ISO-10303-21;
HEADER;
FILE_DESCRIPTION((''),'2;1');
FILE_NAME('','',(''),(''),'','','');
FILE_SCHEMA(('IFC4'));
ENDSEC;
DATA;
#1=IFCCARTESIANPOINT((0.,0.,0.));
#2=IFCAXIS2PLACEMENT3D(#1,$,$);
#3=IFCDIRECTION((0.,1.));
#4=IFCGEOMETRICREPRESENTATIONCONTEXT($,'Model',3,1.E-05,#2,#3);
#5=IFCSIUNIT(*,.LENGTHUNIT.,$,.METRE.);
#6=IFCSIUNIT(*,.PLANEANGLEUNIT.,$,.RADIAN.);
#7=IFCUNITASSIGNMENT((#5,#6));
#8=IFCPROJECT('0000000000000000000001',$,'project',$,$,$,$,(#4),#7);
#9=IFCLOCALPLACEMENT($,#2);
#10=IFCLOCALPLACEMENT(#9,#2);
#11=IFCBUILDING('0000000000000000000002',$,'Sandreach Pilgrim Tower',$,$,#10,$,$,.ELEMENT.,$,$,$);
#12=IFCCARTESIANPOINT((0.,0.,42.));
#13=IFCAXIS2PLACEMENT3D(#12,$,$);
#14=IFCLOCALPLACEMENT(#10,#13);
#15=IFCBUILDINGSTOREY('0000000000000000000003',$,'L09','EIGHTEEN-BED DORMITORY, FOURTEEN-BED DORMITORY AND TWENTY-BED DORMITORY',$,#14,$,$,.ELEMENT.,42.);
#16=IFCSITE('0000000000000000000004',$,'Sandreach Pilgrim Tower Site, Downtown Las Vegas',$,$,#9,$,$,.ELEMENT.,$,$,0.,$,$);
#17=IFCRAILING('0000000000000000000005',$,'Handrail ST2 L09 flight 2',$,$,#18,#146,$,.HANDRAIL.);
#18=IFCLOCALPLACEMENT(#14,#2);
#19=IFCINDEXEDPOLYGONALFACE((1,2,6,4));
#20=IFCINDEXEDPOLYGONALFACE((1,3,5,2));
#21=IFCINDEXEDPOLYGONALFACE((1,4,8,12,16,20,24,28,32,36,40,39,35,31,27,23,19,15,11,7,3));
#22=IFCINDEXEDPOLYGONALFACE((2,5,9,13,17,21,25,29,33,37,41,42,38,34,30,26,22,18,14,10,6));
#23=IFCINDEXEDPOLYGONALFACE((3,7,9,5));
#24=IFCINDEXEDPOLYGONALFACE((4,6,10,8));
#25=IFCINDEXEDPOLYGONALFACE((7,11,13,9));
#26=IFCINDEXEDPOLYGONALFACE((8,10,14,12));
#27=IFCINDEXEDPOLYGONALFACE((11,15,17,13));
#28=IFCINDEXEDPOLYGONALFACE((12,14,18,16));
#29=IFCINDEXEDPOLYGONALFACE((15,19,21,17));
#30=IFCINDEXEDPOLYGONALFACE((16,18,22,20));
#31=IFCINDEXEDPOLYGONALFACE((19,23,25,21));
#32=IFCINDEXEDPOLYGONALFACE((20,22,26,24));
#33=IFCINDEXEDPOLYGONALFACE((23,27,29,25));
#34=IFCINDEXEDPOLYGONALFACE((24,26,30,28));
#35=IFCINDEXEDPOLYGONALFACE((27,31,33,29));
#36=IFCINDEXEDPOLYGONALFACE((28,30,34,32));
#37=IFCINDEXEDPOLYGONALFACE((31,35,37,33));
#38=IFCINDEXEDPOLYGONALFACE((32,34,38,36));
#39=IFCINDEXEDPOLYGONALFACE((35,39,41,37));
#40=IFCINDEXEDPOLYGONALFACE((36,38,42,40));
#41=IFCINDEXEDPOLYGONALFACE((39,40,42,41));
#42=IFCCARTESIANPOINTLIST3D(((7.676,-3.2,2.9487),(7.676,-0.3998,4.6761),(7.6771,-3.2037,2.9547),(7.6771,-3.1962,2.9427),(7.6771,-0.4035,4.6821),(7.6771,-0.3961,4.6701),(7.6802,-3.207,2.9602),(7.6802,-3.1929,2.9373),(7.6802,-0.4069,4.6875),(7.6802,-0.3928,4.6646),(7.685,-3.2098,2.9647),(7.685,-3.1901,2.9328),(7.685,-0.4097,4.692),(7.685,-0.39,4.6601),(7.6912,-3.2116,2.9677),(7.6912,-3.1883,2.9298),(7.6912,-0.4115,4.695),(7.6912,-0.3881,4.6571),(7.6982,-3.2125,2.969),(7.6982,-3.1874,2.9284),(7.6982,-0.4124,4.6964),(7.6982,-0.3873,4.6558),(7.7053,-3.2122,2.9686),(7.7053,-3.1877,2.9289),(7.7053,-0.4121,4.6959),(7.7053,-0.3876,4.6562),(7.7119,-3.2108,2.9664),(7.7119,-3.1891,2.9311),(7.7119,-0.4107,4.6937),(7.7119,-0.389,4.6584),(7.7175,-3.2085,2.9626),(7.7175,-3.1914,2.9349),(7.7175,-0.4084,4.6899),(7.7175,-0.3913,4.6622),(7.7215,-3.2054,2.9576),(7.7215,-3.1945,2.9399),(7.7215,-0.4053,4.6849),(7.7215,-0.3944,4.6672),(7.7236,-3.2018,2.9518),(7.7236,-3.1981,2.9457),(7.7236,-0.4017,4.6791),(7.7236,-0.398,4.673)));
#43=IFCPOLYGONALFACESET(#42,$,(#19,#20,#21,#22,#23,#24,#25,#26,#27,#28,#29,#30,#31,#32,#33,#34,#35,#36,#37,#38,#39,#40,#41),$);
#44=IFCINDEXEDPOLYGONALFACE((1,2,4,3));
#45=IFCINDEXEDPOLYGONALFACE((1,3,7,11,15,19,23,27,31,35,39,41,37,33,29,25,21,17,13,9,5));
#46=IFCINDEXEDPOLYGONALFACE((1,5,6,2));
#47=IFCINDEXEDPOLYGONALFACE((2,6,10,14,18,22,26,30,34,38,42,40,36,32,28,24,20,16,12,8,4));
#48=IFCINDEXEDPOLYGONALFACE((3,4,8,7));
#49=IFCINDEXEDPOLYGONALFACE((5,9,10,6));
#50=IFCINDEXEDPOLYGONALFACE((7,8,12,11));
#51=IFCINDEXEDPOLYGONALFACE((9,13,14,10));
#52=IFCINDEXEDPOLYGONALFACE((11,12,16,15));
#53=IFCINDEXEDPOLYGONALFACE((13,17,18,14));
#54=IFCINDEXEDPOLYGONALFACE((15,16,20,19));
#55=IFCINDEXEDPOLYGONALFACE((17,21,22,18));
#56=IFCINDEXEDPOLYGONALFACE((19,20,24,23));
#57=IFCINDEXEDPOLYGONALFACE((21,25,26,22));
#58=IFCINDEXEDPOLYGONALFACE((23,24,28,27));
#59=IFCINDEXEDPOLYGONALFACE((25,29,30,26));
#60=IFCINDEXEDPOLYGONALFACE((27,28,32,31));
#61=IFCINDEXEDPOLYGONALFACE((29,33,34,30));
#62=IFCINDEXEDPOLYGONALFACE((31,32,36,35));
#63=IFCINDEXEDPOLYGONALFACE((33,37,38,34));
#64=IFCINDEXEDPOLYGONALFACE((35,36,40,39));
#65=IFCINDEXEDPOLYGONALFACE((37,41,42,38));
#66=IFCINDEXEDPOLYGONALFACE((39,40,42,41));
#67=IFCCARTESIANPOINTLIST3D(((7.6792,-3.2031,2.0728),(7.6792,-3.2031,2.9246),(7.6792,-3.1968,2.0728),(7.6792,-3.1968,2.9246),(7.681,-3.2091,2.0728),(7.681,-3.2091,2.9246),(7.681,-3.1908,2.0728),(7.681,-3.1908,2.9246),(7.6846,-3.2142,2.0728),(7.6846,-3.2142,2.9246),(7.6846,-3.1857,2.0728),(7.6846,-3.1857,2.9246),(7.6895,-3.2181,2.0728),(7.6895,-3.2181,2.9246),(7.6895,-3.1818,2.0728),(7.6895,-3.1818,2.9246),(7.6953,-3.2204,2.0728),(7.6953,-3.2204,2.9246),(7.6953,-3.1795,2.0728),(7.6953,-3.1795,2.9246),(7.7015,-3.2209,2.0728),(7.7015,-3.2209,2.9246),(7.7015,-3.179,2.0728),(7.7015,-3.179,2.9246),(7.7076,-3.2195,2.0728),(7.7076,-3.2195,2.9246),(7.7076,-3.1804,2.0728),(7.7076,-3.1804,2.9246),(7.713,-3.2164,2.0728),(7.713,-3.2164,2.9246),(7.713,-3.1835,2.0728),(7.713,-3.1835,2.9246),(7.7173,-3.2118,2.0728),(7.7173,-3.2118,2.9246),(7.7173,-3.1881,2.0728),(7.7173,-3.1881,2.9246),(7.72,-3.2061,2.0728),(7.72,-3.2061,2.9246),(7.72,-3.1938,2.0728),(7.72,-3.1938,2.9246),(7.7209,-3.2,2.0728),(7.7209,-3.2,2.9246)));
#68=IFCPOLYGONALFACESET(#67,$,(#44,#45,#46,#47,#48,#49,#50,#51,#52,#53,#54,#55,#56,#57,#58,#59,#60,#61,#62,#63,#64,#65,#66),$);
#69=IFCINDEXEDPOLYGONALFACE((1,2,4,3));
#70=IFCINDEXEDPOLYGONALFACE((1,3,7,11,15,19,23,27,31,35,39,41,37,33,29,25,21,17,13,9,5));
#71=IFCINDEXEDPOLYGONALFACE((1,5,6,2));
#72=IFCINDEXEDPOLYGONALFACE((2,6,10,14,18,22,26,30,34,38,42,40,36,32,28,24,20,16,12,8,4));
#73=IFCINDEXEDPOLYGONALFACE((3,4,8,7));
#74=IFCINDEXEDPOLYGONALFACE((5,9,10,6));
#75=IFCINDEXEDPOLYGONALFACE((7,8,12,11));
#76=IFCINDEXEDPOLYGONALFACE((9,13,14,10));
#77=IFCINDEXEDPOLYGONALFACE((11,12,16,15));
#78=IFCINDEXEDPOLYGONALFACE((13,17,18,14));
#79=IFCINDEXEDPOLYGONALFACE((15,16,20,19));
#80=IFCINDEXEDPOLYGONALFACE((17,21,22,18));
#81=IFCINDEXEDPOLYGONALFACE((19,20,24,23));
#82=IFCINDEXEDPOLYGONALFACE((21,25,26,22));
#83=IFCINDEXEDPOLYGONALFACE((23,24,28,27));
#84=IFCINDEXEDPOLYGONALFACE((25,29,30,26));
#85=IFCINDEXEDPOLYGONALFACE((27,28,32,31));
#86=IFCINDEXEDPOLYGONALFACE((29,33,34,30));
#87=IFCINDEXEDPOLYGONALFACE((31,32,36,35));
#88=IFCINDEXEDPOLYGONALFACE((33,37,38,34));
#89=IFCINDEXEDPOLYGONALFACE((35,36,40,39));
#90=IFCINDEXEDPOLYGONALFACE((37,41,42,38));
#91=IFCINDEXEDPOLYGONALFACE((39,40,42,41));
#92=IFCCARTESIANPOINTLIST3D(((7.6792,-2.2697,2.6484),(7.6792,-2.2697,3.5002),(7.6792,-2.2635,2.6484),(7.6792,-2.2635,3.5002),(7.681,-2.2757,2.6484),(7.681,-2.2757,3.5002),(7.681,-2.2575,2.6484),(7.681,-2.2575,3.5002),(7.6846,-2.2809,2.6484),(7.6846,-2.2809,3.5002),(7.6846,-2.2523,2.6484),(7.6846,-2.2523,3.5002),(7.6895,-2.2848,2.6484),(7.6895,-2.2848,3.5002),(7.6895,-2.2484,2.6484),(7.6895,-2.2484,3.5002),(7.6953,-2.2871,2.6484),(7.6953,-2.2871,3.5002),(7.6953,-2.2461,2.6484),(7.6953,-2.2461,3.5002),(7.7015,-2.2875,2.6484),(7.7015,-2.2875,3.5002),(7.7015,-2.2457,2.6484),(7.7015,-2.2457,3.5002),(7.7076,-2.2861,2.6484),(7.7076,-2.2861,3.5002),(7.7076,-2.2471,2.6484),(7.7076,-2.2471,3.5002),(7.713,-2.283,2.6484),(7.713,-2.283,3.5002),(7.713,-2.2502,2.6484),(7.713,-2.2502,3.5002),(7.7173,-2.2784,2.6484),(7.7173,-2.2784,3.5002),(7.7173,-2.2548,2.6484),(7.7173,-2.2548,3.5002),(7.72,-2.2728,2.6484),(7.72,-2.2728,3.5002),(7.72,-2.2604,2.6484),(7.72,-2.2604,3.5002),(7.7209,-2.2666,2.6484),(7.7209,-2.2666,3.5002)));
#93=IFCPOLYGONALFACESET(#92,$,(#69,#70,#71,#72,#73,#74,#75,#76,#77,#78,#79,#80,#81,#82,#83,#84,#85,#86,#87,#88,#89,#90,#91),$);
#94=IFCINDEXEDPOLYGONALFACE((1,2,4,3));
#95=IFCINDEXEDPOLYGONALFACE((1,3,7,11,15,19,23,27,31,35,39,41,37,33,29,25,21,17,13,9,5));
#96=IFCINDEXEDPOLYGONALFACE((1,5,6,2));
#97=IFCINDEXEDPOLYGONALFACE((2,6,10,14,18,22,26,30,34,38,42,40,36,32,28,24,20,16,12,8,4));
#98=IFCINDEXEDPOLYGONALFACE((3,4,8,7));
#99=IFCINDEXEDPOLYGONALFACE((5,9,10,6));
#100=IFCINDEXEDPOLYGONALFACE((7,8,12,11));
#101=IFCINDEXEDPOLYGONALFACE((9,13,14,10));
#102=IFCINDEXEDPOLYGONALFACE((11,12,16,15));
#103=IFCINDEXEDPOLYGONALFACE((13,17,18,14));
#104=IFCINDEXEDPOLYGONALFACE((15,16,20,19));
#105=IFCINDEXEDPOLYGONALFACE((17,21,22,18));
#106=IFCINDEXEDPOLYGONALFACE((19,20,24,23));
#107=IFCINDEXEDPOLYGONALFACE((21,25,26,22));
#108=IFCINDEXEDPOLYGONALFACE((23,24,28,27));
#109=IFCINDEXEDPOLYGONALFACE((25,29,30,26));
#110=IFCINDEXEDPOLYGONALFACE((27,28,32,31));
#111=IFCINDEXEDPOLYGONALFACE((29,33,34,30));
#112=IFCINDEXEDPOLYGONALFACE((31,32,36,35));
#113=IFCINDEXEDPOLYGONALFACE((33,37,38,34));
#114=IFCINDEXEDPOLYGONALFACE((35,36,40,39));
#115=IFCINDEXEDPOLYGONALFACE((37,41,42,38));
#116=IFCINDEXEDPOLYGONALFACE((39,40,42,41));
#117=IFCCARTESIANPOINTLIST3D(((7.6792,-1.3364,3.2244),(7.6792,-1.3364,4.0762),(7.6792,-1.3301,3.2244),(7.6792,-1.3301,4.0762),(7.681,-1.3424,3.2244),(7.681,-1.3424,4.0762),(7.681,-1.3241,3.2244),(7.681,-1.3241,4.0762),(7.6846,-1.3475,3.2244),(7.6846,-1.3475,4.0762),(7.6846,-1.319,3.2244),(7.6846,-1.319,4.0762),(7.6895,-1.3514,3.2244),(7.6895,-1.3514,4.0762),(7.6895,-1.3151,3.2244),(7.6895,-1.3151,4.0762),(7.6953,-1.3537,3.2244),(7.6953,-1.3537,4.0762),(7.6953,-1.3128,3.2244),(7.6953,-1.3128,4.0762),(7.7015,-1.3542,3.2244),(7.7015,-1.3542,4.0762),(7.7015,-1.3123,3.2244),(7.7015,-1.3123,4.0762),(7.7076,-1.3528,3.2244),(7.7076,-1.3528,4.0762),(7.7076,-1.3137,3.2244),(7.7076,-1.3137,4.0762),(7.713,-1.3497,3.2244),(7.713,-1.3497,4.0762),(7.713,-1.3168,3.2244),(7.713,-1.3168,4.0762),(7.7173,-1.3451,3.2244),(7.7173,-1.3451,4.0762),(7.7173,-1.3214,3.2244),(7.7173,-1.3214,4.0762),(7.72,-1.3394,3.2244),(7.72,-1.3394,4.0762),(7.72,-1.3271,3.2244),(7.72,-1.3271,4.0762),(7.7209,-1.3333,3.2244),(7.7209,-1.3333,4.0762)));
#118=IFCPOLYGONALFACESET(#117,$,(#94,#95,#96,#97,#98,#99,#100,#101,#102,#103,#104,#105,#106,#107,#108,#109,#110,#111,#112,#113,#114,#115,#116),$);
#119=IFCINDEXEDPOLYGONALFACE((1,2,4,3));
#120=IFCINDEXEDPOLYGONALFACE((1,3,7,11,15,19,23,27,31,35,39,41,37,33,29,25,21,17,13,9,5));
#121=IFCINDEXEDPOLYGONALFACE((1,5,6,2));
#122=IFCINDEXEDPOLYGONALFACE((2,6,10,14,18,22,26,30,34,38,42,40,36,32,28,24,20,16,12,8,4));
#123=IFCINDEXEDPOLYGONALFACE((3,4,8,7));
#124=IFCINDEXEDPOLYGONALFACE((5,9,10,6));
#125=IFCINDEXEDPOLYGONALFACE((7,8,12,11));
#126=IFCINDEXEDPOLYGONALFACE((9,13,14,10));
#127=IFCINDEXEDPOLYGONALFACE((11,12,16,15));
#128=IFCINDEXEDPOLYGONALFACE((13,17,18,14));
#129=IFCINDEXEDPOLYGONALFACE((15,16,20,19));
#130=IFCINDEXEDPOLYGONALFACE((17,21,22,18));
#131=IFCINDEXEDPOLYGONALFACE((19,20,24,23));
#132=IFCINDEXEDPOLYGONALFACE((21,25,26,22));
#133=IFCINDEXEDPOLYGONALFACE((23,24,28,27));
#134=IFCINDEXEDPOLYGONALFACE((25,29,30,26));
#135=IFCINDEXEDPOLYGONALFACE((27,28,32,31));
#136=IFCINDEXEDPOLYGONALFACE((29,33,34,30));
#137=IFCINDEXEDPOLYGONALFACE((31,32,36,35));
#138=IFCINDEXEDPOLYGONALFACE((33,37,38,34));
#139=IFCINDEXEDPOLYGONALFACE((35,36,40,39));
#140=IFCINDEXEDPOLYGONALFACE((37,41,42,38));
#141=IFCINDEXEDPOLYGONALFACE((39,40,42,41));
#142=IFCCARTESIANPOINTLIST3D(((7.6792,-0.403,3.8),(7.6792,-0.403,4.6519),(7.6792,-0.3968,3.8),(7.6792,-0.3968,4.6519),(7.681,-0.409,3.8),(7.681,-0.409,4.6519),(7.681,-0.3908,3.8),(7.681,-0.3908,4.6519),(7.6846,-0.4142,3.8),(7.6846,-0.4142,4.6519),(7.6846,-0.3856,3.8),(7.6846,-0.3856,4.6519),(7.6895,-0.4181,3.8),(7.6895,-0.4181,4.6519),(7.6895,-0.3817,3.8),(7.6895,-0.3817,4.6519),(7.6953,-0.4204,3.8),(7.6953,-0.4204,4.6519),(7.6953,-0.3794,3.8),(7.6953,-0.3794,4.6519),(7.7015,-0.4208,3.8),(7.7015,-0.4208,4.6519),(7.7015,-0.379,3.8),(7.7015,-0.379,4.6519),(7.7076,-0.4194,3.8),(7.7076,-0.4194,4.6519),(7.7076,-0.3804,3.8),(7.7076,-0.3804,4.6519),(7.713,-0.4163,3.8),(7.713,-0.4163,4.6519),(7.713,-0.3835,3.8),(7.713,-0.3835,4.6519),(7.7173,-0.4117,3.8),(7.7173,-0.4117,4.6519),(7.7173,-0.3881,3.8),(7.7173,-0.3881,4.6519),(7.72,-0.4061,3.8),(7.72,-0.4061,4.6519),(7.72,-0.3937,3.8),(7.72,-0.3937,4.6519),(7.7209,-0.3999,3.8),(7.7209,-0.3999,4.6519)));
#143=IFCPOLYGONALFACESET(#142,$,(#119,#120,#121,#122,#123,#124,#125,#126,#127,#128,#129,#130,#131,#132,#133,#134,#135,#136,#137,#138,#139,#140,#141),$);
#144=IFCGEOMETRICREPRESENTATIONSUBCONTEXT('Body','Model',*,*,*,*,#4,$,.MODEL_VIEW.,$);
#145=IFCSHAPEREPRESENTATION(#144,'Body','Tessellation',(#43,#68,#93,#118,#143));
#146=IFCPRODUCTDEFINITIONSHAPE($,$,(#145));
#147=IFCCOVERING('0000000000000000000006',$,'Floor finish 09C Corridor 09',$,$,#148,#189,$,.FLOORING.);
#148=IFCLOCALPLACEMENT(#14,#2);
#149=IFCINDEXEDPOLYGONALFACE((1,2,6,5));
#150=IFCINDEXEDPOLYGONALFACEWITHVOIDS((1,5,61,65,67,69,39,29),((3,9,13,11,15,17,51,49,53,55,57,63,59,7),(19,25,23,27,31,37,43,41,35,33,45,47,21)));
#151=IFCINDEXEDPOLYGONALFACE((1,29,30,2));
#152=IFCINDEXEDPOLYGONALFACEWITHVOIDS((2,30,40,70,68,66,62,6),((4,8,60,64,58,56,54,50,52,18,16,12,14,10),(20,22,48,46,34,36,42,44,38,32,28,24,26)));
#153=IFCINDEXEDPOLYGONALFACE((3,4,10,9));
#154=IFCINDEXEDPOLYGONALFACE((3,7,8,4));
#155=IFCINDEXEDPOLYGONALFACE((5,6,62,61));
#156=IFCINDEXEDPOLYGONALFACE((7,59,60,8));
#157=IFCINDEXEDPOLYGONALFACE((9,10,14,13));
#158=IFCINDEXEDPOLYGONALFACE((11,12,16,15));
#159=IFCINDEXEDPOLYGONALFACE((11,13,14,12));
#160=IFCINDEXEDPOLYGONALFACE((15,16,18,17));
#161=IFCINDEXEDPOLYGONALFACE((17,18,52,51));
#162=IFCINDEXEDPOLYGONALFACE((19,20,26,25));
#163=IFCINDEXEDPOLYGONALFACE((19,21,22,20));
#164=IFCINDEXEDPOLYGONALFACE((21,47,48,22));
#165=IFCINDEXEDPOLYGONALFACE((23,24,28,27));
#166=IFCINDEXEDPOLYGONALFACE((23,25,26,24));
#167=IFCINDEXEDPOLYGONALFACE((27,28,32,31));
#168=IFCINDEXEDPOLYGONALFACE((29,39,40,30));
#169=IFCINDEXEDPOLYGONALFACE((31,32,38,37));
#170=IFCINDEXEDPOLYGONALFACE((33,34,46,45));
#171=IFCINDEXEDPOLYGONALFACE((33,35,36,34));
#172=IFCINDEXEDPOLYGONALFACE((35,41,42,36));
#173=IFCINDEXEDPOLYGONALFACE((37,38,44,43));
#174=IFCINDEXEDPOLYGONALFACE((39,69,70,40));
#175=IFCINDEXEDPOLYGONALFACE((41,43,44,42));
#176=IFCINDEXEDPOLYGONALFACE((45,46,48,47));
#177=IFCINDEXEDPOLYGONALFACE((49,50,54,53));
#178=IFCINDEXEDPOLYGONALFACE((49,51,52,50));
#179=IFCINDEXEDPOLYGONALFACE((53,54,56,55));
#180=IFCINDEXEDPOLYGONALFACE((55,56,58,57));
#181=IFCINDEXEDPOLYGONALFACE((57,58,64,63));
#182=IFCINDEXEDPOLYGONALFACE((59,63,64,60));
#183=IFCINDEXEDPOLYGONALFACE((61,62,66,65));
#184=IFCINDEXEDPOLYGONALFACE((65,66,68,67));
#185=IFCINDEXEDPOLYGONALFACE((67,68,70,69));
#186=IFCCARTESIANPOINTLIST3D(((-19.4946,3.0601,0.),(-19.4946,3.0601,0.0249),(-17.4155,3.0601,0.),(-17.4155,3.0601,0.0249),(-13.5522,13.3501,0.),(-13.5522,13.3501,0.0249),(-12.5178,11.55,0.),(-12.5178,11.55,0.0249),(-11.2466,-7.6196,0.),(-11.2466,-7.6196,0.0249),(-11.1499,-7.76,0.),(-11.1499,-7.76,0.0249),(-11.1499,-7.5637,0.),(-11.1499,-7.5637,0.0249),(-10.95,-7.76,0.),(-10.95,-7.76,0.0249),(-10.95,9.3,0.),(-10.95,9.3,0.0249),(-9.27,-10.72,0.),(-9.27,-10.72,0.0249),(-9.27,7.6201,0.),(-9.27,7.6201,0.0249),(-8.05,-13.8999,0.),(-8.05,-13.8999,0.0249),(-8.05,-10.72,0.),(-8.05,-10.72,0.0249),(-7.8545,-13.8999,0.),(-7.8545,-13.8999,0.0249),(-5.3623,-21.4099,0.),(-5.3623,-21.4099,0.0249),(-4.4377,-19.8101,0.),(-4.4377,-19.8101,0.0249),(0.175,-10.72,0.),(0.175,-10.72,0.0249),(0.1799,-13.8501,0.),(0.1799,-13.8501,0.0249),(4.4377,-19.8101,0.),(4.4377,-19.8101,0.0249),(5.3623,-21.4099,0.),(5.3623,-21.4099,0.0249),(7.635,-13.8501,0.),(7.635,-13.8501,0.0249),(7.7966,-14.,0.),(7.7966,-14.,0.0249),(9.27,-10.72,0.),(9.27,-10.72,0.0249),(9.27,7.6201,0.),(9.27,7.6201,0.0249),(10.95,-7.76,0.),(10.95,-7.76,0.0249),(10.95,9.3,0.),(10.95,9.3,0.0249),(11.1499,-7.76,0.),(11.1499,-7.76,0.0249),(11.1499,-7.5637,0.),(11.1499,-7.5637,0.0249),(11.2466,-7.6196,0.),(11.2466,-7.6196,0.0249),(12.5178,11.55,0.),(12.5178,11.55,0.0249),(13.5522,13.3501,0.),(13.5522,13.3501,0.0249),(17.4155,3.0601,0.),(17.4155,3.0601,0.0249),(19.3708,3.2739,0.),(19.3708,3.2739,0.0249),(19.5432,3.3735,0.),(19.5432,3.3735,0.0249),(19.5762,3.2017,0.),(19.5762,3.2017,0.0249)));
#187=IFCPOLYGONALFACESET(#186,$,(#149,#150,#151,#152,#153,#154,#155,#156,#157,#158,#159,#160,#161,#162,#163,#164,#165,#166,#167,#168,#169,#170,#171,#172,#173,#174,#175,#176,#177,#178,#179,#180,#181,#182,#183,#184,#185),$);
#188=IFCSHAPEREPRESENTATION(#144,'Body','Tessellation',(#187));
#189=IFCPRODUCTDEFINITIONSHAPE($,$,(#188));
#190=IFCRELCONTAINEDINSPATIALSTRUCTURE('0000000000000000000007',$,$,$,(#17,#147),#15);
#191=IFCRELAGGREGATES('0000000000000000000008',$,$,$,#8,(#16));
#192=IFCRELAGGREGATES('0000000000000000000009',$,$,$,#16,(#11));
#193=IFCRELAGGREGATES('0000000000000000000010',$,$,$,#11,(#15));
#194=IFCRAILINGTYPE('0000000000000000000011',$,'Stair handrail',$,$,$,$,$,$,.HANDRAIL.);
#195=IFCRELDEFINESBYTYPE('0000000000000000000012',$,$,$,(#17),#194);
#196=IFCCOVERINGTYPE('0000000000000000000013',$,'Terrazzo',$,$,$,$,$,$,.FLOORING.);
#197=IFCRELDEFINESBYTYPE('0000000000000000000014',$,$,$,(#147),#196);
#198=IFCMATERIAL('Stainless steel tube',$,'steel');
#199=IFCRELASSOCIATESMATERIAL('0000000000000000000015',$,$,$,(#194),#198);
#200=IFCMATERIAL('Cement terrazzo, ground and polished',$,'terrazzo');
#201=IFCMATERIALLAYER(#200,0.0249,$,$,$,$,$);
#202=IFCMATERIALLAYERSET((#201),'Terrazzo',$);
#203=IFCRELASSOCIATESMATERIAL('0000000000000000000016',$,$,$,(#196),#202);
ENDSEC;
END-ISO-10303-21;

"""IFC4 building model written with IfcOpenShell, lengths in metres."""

from ifc_helpers import new_model, si_unit, direction, frame, origin, origin_2d, place, context, subcontext, project, spatial, polyline, circle, outline, extrude, material, layer, layer_set, type_object, element, save


model = new_model("IFC4")

# Units and contexts
model_context = context("Model", 3, precision=1e-05, world=origin(), true_north=direction((0.0, 1.0)))
body_context = subcontext(model_context, "Body", "Model", "MODEL_VIEW")
ifc_project = project(units=[si_unit("LENGTHUNIT", "METRE"), si_unit("PLANEANGLEUNIT", "RADIAN")], contexts=[model_context])

# Site, building, storey
site_placement = place(None, origin())
site = spatial("IfcSite", under=ifc_project, at=site_placement, Name="Sandreach Pilgrim Tower Site, Downtown Las Vegas", CompositionType="ELEMENT", RefElevation=0.0)
building_placement = place(site_placement, origin())
building = spatial("IfcBuilding", under=site, at=building_placement, Name="Sandreach Pilgrim Tower", CompositionType="ELEMENT")
storey_placement = place(building_placement, frame((0.0, 0.0, 42.0)))
storey = spatial("IfcBuildingStorey", under=building, at=storey_placement, Name="L09", Description="EIGHTEEN-BED DORMITORY, FOURTEEN-BED DORMITORY AND TWENTY-BED DORMITORY", CompositionType="ELEMENT", Elevation=42.0)

# Railing
ifc_material_1 = material(Name="Stainless steel tube", Category="steel")
railing_type = type_object("IfcRailingType", Name="Stair handrail", PredefinedType="HANDRAIL", material=ifc_material_1)
for number, where, name in (
    (1, (7.7, -3.2, 2.0728), "Handrail ST2 L09 flight 2"),
):
    element("IfcRailing", number, at=place(storey_placement, frame(where)), inside=storey, type_object=railing_type, Name=name, PredefinedType="HANDRAIL", context=body_context, shape_type="SweptSolid", body=[
        extrude(circle(Radius=0.0239, at=origin_2d()), frame((0.0, 0.0, 0.876), z_axis=(0.0, 0.85109, 0.52502), x_axis=(-1.0, 0.0, 0.0)), (0.0, 0.0, 1.0), 3.29),
        extrude(circle(Radius=0.021, at=origin_2d()), origin(), (0.0, 0.0, 1.0), 0.8518),
        extrude(circle(Radius=0.021, at=origin_2d()), frame((0.0, 0.9333, 0.5757)), (0.0, 0.0, 1.0), 0.8518),
        extrude(circle(Radius=0.021, at=origin_2d()), frame((0.0, 1.8667, 1.1516)), (0.0, 0.0, 1.0), 0.8518),
        extrude(circle(Radius=0.021, at=origin_2d()), frame((0.0, 2.8, 1.7273)), (0.0, 0.0, 1.0), 0.8518),
    ])

# Covering
ifc_material_2 = material(Name="Cement terrazzo, ground and polished", Category="terrazzo")
ifc_layer_1 = layer(ifc_material_2, 0.0249)
ifc_layer_set_1 = layer_set([ifc_layer_1], Name="Terrazzo")
covering_type = type_object("IfcCoveringType", Name="Terrazzo", PredefinedType="FLOORING", material=ifc_layer_set_1)
covering_placement = place(storey_placement, origin())
element("IfcCovering", 2, at=covering_placement, inside=storey, type_object=covering_type, Name="Floor finish 09C Corridor 09", PredefinedType="FLOORING", context=body_context, shape_type="SweptSolid", body=[
    extrude(outline(polyline([(-19.4946, 3.0601), (-13.5522, 13.3501), (13.5522, 13.3501), (19.3708, 3.2739), (19.5432, 3.3735), (19.5762, 3.2017), (5.3623, -21.4099), (-5.3623, -21.4099), (-19.4946, 3.0601)]), holes=[polyline([(-17.4155, 3.0601), (-11.2466, -7.6196), (-11.1499, -7.5637), (-11.1499, -7.76), (-10.95, -7.76), (-10.95, 9.3), (10.95, 9.3), (10.95, -7.76), (11.1499, -7.76), (11.1499, -7.5637), (11.2466, -7.6196), (17.4155, 3.0601), (12.5178, 11.55), (-12.5178, 11.55), (-17.4155, 3.0601)]), polyline([(-8.05, -10.72), (-8.05, -13.8999), (-7.8545, -13.8999), (-4.4377, -19.8101), (4.4377, -19.8101), (7.7966, -14.0), (7.635, -13.8501), (0.1799, -13.8501), (0.175, -10.72), (9.27, -10.72), (9.27, 7.6201), (-9.27, 7.6201), (-9.27, -10.72), (-8.05, -10.72)])]), origin(), (0.0, 0.0, 1.0), 0.0249),
])

save(model, "model.ifc")
